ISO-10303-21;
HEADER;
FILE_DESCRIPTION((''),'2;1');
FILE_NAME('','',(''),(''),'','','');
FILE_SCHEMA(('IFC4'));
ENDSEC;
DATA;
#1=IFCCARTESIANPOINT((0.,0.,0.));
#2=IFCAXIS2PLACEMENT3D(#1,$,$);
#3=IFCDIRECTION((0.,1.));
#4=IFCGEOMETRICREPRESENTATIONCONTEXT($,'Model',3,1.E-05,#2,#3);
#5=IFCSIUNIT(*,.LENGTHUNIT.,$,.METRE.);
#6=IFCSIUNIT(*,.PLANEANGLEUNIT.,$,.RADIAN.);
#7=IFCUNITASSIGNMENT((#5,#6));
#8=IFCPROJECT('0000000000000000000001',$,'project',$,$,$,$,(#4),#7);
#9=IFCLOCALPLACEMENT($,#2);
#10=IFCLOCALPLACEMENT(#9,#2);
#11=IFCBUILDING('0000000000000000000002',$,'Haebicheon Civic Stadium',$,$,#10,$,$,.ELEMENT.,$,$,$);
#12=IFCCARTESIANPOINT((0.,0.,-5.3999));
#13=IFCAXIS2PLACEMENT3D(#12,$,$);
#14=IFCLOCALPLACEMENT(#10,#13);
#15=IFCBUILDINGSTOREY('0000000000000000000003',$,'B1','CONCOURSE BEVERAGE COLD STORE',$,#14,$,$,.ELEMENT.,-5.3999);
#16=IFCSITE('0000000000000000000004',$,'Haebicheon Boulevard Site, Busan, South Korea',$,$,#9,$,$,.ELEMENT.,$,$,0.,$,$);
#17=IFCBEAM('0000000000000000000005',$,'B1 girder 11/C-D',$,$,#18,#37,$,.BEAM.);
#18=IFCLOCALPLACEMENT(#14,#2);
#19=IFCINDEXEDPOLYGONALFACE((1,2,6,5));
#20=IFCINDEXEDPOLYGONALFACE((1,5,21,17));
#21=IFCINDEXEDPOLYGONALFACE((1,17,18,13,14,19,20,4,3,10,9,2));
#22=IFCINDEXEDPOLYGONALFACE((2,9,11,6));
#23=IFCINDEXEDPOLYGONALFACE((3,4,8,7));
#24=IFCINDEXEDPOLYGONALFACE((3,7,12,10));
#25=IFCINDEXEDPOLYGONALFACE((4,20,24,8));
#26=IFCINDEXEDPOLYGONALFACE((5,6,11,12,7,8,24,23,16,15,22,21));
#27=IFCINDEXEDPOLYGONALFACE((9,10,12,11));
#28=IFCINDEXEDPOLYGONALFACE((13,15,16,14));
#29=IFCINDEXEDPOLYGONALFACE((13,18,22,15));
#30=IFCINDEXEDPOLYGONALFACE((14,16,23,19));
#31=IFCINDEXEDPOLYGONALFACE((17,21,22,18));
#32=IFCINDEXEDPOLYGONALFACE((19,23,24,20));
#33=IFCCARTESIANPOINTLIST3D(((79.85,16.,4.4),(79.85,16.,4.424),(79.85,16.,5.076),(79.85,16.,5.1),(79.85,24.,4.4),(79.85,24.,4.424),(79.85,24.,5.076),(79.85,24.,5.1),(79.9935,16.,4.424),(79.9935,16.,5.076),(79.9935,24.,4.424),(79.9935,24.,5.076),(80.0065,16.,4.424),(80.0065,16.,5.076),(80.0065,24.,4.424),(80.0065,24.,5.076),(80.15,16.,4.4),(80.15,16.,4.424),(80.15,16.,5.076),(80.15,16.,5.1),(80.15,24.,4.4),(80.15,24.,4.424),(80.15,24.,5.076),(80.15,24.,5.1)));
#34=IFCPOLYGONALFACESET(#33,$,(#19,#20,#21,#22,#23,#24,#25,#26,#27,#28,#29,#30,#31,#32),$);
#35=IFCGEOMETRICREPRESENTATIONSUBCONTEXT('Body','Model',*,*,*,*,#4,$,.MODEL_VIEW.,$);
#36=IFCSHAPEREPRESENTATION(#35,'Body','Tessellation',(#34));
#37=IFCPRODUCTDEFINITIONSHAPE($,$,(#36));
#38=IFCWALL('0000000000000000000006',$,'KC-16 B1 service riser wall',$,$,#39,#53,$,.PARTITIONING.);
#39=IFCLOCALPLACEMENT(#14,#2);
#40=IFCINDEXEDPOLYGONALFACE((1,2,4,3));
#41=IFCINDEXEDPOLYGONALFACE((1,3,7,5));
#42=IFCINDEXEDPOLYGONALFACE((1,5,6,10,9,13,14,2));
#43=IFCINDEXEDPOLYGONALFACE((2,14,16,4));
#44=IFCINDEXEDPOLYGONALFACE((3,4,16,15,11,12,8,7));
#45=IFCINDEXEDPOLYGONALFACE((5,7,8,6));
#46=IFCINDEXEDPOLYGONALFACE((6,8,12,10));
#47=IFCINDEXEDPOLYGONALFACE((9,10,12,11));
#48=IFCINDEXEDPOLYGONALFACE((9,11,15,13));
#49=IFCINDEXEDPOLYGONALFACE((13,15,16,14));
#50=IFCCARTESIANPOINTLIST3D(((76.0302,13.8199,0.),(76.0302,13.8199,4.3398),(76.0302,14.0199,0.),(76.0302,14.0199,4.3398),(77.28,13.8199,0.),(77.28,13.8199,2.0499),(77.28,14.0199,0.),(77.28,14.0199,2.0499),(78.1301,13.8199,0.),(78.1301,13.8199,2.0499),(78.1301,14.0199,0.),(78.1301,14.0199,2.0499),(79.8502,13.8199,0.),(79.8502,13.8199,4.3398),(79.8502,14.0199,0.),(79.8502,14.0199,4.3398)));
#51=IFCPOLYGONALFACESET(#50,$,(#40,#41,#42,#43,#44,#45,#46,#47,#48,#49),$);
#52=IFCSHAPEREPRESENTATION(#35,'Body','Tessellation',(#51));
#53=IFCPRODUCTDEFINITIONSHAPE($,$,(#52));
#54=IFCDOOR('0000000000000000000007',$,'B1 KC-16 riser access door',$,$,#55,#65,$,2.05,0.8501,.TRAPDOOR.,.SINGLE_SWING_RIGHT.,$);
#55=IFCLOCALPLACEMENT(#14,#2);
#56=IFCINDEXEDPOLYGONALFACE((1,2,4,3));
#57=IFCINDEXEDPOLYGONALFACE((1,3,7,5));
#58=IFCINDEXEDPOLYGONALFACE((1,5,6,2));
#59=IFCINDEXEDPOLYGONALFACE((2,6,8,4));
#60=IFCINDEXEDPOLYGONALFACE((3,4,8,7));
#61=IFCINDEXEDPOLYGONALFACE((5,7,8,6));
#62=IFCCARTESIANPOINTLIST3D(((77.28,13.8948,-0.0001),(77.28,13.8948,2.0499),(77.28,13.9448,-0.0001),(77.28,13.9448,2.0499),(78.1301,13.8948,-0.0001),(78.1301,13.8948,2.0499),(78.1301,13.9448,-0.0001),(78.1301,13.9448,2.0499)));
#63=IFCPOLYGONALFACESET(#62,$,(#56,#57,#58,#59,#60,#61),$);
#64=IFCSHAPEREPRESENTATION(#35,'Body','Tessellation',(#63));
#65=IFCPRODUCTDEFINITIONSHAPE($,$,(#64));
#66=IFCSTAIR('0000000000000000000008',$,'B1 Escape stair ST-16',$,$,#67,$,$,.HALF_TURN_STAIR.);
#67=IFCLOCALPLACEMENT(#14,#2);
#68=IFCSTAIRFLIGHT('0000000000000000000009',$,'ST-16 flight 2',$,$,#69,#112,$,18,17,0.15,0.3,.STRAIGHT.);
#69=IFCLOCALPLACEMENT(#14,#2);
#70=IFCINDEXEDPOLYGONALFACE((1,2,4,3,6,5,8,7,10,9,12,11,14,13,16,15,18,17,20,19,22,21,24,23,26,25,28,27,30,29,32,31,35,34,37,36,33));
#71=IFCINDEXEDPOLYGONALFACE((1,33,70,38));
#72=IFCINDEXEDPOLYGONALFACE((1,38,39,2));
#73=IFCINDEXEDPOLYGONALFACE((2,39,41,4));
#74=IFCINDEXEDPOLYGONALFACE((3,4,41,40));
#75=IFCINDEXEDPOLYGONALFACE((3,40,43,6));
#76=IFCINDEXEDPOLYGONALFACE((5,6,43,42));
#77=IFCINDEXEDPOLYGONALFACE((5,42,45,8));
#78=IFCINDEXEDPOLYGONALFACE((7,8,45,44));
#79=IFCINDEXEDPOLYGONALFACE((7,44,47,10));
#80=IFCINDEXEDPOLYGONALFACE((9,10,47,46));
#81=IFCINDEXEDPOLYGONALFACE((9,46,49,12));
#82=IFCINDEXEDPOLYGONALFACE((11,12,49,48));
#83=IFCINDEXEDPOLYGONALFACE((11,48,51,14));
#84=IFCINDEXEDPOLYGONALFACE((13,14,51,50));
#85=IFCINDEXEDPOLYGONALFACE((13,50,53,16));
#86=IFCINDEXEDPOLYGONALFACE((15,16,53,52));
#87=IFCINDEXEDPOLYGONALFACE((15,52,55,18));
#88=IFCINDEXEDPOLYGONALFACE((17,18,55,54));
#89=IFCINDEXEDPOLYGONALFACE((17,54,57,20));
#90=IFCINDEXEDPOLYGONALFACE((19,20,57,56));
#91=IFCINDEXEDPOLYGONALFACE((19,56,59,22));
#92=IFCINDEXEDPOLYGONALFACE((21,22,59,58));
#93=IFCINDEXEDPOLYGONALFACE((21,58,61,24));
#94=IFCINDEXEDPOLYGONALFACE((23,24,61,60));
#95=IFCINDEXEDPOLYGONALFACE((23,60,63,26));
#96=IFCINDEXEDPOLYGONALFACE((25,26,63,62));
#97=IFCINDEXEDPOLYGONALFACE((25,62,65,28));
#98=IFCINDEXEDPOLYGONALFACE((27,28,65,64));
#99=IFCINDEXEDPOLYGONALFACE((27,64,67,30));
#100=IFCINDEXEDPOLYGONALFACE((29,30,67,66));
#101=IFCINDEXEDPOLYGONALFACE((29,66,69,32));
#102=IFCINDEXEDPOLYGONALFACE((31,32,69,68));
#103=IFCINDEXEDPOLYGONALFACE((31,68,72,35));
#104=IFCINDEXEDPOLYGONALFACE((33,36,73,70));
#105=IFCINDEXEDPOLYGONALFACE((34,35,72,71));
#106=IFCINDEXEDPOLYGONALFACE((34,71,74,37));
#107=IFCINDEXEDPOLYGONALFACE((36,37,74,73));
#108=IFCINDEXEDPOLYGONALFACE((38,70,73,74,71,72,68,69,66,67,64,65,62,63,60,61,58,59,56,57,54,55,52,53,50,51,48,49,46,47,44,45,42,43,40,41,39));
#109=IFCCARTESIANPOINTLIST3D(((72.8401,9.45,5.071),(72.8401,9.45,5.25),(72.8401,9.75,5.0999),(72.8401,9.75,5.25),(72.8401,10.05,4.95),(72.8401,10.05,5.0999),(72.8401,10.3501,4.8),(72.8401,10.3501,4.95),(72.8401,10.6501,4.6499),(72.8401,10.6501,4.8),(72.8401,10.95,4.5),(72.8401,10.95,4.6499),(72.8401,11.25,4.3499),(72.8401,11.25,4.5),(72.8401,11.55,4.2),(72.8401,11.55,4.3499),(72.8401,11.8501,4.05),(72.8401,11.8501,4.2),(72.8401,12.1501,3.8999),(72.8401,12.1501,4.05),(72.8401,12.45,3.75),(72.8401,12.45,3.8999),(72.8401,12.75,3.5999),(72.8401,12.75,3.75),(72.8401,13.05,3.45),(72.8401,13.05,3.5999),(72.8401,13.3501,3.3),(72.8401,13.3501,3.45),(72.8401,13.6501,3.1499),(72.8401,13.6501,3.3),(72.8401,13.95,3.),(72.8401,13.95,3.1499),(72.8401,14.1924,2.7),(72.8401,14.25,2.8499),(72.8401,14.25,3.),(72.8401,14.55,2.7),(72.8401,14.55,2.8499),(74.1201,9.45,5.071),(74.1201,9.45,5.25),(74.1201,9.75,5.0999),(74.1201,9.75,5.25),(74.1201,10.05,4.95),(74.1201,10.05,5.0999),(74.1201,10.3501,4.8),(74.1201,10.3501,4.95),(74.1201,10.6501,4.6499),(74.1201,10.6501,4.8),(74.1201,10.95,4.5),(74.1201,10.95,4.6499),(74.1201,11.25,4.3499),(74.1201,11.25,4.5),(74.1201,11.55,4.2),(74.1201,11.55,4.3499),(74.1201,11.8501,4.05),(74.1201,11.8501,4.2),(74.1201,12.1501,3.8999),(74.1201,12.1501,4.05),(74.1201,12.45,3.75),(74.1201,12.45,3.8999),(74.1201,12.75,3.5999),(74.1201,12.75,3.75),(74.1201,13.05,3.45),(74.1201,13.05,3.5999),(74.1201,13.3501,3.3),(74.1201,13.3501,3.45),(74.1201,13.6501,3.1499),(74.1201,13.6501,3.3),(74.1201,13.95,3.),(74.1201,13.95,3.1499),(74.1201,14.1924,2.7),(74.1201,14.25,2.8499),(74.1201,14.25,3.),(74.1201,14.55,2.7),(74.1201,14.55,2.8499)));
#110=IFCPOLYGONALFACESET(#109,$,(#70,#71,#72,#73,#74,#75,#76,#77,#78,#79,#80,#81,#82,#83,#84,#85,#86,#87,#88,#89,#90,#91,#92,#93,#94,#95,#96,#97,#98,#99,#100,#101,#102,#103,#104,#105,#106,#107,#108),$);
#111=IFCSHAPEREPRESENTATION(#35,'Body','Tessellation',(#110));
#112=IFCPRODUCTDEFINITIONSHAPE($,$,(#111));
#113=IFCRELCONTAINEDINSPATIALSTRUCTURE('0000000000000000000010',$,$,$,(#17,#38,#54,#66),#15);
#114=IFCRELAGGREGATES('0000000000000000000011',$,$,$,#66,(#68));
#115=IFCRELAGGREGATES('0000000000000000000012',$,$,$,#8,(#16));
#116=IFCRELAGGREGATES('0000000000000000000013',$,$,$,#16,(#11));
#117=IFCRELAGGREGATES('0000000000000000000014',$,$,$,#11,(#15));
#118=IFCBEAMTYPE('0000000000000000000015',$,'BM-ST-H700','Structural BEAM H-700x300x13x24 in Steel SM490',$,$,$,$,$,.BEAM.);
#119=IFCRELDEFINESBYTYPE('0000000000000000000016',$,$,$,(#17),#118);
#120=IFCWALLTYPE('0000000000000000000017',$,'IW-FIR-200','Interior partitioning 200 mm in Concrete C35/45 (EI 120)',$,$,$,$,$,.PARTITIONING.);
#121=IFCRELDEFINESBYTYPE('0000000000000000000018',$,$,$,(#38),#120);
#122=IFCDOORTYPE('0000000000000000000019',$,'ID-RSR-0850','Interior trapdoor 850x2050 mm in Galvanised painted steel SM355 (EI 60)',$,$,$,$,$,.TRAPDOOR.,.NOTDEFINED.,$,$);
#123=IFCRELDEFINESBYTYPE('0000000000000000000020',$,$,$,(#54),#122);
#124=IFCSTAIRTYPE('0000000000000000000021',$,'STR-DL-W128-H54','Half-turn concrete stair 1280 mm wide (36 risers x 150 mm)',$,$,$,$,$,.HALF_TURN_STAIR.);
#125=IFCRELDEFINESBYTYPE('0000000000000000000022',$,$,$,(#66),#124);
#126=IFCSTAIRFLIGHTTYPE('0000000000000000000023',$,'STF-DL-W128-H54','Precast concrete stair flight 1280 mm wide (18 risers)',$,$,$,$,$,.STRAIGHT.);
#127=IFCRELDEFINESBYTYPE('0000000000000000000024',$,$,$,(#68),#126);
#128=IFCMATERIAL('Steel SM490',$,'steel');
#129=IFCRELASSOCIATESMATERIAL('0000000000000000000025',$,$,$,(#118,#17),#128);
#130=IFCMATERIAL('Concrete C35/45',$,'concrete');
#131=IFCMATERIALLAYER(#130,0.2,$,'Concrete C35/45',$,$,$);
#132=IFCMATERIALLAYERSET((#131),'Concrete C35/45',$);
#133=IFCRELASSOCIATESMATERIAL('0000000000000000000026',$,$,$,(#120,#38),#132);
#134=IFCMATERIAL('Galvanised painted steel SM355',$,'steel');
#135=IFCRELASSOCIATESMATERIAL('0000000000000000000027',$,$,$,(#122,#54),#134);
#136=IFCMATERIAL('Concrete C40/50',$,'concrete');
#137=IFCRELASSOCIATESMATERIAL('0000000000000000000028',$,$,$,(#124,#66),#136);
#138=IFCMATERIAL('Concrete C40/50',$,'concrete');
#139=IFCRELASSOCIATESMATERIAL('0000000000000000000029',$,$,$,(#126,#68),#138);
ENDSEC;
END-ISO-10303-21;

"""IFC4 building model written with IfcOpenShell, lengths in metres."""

from ifc_helpers import new_model, si_unit, direction, frame, frame_2d, origin, origin_2d, place, context, subcontext, project, spatial, polyline, rectangle, i_section, outline, extrude, material, layer, layer_set, material_profile, profile_set, type_object, element, fill, aggregate, save


model = new_model("IFC4")

# Units and contexts
model_context = context("Model", 3, precision=1e-05, world=origin(), true_north=direction((0.0, 1.0)))
body_context = subcontext(model_context, "Body", "Model", "MODEL_VIEW")
ifc_project = project(units=[si_unit("LENGTHUNIT", "METRE"), si_unit("PLANEANGLEUNIT", "RADIAN")], contexts=[model_context])

# Site, building, storey
site_placement = place(None, origin())
site = spatial("IfcSite", under=ifc_project, at=site_placement, Name="Haebicheon Boulevard Site, Busan, South Korea", CompositionType="ELEMENT", RefElevation=0.0)
building_placement = place(site_placement, origin())
building = spatial("IfcBuilding", under=site, at=building_placement, Name="Haebicheon Civic Stadium", CompositionType="ELEMENT")
storey_placement = place(building_placement, frame((0.0, 0.0, -5.3999)))
storey = spatial("IfcBuildingStorey", under=building, at=storey_placement, Name="B1", Description="CONCOURSE BEVERAGE COLD STORE", CompositionType="ELEMENT", Elevation=-5.3999)

# Beam
ifc_material_1 = material(Name="Steel SM490", Category="steel")
ifc_material_profile_1 = material_profile(ifc_material_1, i_section(OverallWidth=0.3, OverallDepth=0.7, WebThickness=0.0129, FlangeThickness=0.0239, at=origin_2d()), Name="H-700x300x13x24")
ifc_profile_set_1 = profile_set([ifc_material_profile_1], Name="Steel SM490")
beam_type = type_object("IfcBeamType", Name="BM-ST-H700", Description="Structural BEAM H-700x300x13x24 in Steel SM490", PredefinedType="BEAM", material=ifc_profile_set_1)
beam_placement = place(storey_placement, frame((80.0, 16.0, 4.75), z_axis=(0.0, 1.0, 0.0), x_axis=(-1.0, 0.0, 0.0)))
element("IfcBeam", 1, at=beam_placement, inside=storey, type_object=beam_type, material=ifc_profile_set_1, Name="B1 girder 11/C-D", PredefinedType="BEAM", context=body_context, shape_type="SweptSolid", body=[
    extrude(i_section(OverallWidth=0.3, OverallDepth=0.7, WebThickness=0.0129, FlangeThickness=0.0239, at=origin_2d()), origin(), (0.0, 0.0, 1.0), 8.0),
])

# Wall, opening, door
ifc_material_2 = material(Name="Concrete C35/45", Category="concrete")
ifc_layer_1 = layer(ifc_material_2, 0.2, Name="Concrete C35/45")
ifc_layer_set_1 = layer_set([ifc_layer_1], Name="Concrete C35/45")
wall_type = type_object("IfcWallType", Name="IW-FIR-200", Description="Interior partitioning 200 mm in Concrete C35/45 (EI 120)", PredefinedType="PARTITIONING", material=ifc_layer_set_1)
wall_placement = place(storey_placement, frame((76.03, 13.9199, 0.0), z_axis=(0.0, 0.0, 1.0), x_axis=(1.0, 0.0, 0.0)))
wall = element("IfcWall", 2, at=wall_placement, inside=storey, type_object=wall_type, material=ifc_layer_set_1, Name="KC-16 B1 service riser wall", PredefinedType="PARTITIONING", context=body_context, shape_type="SweptSolid", body=[
    extrude(rectangle(XDim=3.8201, YDim=0.2, at=frame_2d((1.9102, 0.0))), origin(), (0.0, 0.0, 1.0), 4.3398),
])
opening_placement = place(wall_placement, frame((1.25, 0.0, 0.0)))
opening = element("IfcOpeningElement", 3, at=opening_placement, cuts=wall, PredefinedType="OPENING", context=body_context, shape_type="SweptSolid", body=[
    extrude(rectangle(XDim=0.8501, YDim=2.05, at=frame_2d((0.425, 1.0249))), frame((0.0, 0.1099, 0.0), z_axis=(0.0, -1.0, 0.0), x_axis=(1.0, 0.0, 0.0)), (0.0, 0.0, 1.0), 0.22),
])
ifc_material_3 = material(Name="Galvanised painted steel SM355", Category="steel")
door_type = type_object("IfcDoorType", Name="ID-RSR-0850", Description="Interior trapdoor 850x2050 mm in Galvanised painted steel SM355 (EI 60)", OperationType="NOTDEFINED", PredefinedType="TRAPDOOR", material=ifc_material_3)
door_placement = place(opening_placement, origin())
door = element("IfcDoor", 4, at=door_placement, inside=storey, type_object=door_type, material=ifc_material_3, Name="B1 KC-16 riser access door", OperationType="SINGLE_SWING_RIGHT", OverallHeight=2.05, OverallWidth=0.8501, PredefinedType="TRAPDOOR", context=body_context, shape_type="SweptSolid", body=[
    extrude(rectangle(XDim=0.8501, YDim=2.05, at=frame_2d((0.425, 1.0249))), frame((0.0, 0.0249, 0.0), z_axis=(0.0, -1.0, 0.0), x_axis=(1.0, 0.0, 0.0)), (0.0, 0.0, 1.0), 0.05),
])
fill(opening, door)

# Stair, stair flight
ifc_material_4 = material(Name="Concrete C40/50", Category="concrete")
stair_type = type_object("IfcStairType", Name="STR-DL-W128-H54", Description="Half-turn concrete stair 1280 mm wide (36 risers x 150 mm)", PredefinedType="HALF_TURN_STAIR", material=ifc_material_4)
stair_placement = place(storey_placement, origin())
stair = element("IfcStair", 5, at=stair_placement, inside=storey, type_object=stair_type, material=ifc_material_4, Name="B1 Escape stair ST-16", PredefinedType="HALF_TURN_STAIR")
ifc_material_5 = material(Name="Concrete C40/50", Category="concrete")
stair_flight_type = type_object("IfcStairFlightType", Name="STF-DL-W128-H54", Description="Precast concrete stair flight 1280 mm wide (18 risers)", PredefinedType="STRAIGHT", material=ifc_material_5)
stair_flight_placement = place(storey_placement, frame((73.48, 14.55, 2.7), z_axis=(0.0, 0.0, 1.0), x_axis=(0.0, -1.0, 0.0)))
stair_flight = element("IfcStairFlight", 6, at=stair_flight_placement, type_object=stair_flight_type, material=ifc_material_5, Name="ST-16 flight 2", NumberOfRisers=18, NumberOfTreads=17, PredefinedType="STRAIGHT", RiserHeight=0.15, TreadLength=0.3, context=body_context, shape_type="SweptSolid", body=[
    extrude(outline(polyline([(0.0, 0.0), (0.0, 0.1499), (0.3, 0.1499), (0.3, 0.3), (0.6001, 0.3), (0.6001, 0.45), (0.8999, 0.45), (0.8999, 0.6001), (1.2, 0.6001), (1.2, 0.75), (1.5, 0.75), (1.5, 0.8999), (1.8, 0.8999), (1.8, 1.05), (2.1001, 1.05), (2.1001, 1.2), (2.3999, 1.2), (2.3999, 1.3501), (2.7, 1.3501), (2.7, 1.5), (3.0, 1.5), (3.0, 1.6499), (3.3, 1.6499), (3.3, 1.8), (3.6001, 1.8), (3.6001, 1.95), (3.8999, 1.95), (3.8999, 2.1001), (4.2, 2.1001), (4.2, 2.25), (4.5, 2.25), (4.5, 2.3999), (4.8, 2.3999), (4.8, 2.55), (5.1001, 2.55), (5.1001, 2.7), (5.1001, 2.3711), (0.3577, 0.0), (0.0, 0.0)])), frame((0.0, 0.6401, 0.0), z_axis=(0.0, -1.0, 0.0), x_axis=(1.0, 0.0, 0.0)), (0.0, 0.0, 1.0), 1.28),
])
aggregate(stair, [stair_flight])

save(model, "model.ifc")
